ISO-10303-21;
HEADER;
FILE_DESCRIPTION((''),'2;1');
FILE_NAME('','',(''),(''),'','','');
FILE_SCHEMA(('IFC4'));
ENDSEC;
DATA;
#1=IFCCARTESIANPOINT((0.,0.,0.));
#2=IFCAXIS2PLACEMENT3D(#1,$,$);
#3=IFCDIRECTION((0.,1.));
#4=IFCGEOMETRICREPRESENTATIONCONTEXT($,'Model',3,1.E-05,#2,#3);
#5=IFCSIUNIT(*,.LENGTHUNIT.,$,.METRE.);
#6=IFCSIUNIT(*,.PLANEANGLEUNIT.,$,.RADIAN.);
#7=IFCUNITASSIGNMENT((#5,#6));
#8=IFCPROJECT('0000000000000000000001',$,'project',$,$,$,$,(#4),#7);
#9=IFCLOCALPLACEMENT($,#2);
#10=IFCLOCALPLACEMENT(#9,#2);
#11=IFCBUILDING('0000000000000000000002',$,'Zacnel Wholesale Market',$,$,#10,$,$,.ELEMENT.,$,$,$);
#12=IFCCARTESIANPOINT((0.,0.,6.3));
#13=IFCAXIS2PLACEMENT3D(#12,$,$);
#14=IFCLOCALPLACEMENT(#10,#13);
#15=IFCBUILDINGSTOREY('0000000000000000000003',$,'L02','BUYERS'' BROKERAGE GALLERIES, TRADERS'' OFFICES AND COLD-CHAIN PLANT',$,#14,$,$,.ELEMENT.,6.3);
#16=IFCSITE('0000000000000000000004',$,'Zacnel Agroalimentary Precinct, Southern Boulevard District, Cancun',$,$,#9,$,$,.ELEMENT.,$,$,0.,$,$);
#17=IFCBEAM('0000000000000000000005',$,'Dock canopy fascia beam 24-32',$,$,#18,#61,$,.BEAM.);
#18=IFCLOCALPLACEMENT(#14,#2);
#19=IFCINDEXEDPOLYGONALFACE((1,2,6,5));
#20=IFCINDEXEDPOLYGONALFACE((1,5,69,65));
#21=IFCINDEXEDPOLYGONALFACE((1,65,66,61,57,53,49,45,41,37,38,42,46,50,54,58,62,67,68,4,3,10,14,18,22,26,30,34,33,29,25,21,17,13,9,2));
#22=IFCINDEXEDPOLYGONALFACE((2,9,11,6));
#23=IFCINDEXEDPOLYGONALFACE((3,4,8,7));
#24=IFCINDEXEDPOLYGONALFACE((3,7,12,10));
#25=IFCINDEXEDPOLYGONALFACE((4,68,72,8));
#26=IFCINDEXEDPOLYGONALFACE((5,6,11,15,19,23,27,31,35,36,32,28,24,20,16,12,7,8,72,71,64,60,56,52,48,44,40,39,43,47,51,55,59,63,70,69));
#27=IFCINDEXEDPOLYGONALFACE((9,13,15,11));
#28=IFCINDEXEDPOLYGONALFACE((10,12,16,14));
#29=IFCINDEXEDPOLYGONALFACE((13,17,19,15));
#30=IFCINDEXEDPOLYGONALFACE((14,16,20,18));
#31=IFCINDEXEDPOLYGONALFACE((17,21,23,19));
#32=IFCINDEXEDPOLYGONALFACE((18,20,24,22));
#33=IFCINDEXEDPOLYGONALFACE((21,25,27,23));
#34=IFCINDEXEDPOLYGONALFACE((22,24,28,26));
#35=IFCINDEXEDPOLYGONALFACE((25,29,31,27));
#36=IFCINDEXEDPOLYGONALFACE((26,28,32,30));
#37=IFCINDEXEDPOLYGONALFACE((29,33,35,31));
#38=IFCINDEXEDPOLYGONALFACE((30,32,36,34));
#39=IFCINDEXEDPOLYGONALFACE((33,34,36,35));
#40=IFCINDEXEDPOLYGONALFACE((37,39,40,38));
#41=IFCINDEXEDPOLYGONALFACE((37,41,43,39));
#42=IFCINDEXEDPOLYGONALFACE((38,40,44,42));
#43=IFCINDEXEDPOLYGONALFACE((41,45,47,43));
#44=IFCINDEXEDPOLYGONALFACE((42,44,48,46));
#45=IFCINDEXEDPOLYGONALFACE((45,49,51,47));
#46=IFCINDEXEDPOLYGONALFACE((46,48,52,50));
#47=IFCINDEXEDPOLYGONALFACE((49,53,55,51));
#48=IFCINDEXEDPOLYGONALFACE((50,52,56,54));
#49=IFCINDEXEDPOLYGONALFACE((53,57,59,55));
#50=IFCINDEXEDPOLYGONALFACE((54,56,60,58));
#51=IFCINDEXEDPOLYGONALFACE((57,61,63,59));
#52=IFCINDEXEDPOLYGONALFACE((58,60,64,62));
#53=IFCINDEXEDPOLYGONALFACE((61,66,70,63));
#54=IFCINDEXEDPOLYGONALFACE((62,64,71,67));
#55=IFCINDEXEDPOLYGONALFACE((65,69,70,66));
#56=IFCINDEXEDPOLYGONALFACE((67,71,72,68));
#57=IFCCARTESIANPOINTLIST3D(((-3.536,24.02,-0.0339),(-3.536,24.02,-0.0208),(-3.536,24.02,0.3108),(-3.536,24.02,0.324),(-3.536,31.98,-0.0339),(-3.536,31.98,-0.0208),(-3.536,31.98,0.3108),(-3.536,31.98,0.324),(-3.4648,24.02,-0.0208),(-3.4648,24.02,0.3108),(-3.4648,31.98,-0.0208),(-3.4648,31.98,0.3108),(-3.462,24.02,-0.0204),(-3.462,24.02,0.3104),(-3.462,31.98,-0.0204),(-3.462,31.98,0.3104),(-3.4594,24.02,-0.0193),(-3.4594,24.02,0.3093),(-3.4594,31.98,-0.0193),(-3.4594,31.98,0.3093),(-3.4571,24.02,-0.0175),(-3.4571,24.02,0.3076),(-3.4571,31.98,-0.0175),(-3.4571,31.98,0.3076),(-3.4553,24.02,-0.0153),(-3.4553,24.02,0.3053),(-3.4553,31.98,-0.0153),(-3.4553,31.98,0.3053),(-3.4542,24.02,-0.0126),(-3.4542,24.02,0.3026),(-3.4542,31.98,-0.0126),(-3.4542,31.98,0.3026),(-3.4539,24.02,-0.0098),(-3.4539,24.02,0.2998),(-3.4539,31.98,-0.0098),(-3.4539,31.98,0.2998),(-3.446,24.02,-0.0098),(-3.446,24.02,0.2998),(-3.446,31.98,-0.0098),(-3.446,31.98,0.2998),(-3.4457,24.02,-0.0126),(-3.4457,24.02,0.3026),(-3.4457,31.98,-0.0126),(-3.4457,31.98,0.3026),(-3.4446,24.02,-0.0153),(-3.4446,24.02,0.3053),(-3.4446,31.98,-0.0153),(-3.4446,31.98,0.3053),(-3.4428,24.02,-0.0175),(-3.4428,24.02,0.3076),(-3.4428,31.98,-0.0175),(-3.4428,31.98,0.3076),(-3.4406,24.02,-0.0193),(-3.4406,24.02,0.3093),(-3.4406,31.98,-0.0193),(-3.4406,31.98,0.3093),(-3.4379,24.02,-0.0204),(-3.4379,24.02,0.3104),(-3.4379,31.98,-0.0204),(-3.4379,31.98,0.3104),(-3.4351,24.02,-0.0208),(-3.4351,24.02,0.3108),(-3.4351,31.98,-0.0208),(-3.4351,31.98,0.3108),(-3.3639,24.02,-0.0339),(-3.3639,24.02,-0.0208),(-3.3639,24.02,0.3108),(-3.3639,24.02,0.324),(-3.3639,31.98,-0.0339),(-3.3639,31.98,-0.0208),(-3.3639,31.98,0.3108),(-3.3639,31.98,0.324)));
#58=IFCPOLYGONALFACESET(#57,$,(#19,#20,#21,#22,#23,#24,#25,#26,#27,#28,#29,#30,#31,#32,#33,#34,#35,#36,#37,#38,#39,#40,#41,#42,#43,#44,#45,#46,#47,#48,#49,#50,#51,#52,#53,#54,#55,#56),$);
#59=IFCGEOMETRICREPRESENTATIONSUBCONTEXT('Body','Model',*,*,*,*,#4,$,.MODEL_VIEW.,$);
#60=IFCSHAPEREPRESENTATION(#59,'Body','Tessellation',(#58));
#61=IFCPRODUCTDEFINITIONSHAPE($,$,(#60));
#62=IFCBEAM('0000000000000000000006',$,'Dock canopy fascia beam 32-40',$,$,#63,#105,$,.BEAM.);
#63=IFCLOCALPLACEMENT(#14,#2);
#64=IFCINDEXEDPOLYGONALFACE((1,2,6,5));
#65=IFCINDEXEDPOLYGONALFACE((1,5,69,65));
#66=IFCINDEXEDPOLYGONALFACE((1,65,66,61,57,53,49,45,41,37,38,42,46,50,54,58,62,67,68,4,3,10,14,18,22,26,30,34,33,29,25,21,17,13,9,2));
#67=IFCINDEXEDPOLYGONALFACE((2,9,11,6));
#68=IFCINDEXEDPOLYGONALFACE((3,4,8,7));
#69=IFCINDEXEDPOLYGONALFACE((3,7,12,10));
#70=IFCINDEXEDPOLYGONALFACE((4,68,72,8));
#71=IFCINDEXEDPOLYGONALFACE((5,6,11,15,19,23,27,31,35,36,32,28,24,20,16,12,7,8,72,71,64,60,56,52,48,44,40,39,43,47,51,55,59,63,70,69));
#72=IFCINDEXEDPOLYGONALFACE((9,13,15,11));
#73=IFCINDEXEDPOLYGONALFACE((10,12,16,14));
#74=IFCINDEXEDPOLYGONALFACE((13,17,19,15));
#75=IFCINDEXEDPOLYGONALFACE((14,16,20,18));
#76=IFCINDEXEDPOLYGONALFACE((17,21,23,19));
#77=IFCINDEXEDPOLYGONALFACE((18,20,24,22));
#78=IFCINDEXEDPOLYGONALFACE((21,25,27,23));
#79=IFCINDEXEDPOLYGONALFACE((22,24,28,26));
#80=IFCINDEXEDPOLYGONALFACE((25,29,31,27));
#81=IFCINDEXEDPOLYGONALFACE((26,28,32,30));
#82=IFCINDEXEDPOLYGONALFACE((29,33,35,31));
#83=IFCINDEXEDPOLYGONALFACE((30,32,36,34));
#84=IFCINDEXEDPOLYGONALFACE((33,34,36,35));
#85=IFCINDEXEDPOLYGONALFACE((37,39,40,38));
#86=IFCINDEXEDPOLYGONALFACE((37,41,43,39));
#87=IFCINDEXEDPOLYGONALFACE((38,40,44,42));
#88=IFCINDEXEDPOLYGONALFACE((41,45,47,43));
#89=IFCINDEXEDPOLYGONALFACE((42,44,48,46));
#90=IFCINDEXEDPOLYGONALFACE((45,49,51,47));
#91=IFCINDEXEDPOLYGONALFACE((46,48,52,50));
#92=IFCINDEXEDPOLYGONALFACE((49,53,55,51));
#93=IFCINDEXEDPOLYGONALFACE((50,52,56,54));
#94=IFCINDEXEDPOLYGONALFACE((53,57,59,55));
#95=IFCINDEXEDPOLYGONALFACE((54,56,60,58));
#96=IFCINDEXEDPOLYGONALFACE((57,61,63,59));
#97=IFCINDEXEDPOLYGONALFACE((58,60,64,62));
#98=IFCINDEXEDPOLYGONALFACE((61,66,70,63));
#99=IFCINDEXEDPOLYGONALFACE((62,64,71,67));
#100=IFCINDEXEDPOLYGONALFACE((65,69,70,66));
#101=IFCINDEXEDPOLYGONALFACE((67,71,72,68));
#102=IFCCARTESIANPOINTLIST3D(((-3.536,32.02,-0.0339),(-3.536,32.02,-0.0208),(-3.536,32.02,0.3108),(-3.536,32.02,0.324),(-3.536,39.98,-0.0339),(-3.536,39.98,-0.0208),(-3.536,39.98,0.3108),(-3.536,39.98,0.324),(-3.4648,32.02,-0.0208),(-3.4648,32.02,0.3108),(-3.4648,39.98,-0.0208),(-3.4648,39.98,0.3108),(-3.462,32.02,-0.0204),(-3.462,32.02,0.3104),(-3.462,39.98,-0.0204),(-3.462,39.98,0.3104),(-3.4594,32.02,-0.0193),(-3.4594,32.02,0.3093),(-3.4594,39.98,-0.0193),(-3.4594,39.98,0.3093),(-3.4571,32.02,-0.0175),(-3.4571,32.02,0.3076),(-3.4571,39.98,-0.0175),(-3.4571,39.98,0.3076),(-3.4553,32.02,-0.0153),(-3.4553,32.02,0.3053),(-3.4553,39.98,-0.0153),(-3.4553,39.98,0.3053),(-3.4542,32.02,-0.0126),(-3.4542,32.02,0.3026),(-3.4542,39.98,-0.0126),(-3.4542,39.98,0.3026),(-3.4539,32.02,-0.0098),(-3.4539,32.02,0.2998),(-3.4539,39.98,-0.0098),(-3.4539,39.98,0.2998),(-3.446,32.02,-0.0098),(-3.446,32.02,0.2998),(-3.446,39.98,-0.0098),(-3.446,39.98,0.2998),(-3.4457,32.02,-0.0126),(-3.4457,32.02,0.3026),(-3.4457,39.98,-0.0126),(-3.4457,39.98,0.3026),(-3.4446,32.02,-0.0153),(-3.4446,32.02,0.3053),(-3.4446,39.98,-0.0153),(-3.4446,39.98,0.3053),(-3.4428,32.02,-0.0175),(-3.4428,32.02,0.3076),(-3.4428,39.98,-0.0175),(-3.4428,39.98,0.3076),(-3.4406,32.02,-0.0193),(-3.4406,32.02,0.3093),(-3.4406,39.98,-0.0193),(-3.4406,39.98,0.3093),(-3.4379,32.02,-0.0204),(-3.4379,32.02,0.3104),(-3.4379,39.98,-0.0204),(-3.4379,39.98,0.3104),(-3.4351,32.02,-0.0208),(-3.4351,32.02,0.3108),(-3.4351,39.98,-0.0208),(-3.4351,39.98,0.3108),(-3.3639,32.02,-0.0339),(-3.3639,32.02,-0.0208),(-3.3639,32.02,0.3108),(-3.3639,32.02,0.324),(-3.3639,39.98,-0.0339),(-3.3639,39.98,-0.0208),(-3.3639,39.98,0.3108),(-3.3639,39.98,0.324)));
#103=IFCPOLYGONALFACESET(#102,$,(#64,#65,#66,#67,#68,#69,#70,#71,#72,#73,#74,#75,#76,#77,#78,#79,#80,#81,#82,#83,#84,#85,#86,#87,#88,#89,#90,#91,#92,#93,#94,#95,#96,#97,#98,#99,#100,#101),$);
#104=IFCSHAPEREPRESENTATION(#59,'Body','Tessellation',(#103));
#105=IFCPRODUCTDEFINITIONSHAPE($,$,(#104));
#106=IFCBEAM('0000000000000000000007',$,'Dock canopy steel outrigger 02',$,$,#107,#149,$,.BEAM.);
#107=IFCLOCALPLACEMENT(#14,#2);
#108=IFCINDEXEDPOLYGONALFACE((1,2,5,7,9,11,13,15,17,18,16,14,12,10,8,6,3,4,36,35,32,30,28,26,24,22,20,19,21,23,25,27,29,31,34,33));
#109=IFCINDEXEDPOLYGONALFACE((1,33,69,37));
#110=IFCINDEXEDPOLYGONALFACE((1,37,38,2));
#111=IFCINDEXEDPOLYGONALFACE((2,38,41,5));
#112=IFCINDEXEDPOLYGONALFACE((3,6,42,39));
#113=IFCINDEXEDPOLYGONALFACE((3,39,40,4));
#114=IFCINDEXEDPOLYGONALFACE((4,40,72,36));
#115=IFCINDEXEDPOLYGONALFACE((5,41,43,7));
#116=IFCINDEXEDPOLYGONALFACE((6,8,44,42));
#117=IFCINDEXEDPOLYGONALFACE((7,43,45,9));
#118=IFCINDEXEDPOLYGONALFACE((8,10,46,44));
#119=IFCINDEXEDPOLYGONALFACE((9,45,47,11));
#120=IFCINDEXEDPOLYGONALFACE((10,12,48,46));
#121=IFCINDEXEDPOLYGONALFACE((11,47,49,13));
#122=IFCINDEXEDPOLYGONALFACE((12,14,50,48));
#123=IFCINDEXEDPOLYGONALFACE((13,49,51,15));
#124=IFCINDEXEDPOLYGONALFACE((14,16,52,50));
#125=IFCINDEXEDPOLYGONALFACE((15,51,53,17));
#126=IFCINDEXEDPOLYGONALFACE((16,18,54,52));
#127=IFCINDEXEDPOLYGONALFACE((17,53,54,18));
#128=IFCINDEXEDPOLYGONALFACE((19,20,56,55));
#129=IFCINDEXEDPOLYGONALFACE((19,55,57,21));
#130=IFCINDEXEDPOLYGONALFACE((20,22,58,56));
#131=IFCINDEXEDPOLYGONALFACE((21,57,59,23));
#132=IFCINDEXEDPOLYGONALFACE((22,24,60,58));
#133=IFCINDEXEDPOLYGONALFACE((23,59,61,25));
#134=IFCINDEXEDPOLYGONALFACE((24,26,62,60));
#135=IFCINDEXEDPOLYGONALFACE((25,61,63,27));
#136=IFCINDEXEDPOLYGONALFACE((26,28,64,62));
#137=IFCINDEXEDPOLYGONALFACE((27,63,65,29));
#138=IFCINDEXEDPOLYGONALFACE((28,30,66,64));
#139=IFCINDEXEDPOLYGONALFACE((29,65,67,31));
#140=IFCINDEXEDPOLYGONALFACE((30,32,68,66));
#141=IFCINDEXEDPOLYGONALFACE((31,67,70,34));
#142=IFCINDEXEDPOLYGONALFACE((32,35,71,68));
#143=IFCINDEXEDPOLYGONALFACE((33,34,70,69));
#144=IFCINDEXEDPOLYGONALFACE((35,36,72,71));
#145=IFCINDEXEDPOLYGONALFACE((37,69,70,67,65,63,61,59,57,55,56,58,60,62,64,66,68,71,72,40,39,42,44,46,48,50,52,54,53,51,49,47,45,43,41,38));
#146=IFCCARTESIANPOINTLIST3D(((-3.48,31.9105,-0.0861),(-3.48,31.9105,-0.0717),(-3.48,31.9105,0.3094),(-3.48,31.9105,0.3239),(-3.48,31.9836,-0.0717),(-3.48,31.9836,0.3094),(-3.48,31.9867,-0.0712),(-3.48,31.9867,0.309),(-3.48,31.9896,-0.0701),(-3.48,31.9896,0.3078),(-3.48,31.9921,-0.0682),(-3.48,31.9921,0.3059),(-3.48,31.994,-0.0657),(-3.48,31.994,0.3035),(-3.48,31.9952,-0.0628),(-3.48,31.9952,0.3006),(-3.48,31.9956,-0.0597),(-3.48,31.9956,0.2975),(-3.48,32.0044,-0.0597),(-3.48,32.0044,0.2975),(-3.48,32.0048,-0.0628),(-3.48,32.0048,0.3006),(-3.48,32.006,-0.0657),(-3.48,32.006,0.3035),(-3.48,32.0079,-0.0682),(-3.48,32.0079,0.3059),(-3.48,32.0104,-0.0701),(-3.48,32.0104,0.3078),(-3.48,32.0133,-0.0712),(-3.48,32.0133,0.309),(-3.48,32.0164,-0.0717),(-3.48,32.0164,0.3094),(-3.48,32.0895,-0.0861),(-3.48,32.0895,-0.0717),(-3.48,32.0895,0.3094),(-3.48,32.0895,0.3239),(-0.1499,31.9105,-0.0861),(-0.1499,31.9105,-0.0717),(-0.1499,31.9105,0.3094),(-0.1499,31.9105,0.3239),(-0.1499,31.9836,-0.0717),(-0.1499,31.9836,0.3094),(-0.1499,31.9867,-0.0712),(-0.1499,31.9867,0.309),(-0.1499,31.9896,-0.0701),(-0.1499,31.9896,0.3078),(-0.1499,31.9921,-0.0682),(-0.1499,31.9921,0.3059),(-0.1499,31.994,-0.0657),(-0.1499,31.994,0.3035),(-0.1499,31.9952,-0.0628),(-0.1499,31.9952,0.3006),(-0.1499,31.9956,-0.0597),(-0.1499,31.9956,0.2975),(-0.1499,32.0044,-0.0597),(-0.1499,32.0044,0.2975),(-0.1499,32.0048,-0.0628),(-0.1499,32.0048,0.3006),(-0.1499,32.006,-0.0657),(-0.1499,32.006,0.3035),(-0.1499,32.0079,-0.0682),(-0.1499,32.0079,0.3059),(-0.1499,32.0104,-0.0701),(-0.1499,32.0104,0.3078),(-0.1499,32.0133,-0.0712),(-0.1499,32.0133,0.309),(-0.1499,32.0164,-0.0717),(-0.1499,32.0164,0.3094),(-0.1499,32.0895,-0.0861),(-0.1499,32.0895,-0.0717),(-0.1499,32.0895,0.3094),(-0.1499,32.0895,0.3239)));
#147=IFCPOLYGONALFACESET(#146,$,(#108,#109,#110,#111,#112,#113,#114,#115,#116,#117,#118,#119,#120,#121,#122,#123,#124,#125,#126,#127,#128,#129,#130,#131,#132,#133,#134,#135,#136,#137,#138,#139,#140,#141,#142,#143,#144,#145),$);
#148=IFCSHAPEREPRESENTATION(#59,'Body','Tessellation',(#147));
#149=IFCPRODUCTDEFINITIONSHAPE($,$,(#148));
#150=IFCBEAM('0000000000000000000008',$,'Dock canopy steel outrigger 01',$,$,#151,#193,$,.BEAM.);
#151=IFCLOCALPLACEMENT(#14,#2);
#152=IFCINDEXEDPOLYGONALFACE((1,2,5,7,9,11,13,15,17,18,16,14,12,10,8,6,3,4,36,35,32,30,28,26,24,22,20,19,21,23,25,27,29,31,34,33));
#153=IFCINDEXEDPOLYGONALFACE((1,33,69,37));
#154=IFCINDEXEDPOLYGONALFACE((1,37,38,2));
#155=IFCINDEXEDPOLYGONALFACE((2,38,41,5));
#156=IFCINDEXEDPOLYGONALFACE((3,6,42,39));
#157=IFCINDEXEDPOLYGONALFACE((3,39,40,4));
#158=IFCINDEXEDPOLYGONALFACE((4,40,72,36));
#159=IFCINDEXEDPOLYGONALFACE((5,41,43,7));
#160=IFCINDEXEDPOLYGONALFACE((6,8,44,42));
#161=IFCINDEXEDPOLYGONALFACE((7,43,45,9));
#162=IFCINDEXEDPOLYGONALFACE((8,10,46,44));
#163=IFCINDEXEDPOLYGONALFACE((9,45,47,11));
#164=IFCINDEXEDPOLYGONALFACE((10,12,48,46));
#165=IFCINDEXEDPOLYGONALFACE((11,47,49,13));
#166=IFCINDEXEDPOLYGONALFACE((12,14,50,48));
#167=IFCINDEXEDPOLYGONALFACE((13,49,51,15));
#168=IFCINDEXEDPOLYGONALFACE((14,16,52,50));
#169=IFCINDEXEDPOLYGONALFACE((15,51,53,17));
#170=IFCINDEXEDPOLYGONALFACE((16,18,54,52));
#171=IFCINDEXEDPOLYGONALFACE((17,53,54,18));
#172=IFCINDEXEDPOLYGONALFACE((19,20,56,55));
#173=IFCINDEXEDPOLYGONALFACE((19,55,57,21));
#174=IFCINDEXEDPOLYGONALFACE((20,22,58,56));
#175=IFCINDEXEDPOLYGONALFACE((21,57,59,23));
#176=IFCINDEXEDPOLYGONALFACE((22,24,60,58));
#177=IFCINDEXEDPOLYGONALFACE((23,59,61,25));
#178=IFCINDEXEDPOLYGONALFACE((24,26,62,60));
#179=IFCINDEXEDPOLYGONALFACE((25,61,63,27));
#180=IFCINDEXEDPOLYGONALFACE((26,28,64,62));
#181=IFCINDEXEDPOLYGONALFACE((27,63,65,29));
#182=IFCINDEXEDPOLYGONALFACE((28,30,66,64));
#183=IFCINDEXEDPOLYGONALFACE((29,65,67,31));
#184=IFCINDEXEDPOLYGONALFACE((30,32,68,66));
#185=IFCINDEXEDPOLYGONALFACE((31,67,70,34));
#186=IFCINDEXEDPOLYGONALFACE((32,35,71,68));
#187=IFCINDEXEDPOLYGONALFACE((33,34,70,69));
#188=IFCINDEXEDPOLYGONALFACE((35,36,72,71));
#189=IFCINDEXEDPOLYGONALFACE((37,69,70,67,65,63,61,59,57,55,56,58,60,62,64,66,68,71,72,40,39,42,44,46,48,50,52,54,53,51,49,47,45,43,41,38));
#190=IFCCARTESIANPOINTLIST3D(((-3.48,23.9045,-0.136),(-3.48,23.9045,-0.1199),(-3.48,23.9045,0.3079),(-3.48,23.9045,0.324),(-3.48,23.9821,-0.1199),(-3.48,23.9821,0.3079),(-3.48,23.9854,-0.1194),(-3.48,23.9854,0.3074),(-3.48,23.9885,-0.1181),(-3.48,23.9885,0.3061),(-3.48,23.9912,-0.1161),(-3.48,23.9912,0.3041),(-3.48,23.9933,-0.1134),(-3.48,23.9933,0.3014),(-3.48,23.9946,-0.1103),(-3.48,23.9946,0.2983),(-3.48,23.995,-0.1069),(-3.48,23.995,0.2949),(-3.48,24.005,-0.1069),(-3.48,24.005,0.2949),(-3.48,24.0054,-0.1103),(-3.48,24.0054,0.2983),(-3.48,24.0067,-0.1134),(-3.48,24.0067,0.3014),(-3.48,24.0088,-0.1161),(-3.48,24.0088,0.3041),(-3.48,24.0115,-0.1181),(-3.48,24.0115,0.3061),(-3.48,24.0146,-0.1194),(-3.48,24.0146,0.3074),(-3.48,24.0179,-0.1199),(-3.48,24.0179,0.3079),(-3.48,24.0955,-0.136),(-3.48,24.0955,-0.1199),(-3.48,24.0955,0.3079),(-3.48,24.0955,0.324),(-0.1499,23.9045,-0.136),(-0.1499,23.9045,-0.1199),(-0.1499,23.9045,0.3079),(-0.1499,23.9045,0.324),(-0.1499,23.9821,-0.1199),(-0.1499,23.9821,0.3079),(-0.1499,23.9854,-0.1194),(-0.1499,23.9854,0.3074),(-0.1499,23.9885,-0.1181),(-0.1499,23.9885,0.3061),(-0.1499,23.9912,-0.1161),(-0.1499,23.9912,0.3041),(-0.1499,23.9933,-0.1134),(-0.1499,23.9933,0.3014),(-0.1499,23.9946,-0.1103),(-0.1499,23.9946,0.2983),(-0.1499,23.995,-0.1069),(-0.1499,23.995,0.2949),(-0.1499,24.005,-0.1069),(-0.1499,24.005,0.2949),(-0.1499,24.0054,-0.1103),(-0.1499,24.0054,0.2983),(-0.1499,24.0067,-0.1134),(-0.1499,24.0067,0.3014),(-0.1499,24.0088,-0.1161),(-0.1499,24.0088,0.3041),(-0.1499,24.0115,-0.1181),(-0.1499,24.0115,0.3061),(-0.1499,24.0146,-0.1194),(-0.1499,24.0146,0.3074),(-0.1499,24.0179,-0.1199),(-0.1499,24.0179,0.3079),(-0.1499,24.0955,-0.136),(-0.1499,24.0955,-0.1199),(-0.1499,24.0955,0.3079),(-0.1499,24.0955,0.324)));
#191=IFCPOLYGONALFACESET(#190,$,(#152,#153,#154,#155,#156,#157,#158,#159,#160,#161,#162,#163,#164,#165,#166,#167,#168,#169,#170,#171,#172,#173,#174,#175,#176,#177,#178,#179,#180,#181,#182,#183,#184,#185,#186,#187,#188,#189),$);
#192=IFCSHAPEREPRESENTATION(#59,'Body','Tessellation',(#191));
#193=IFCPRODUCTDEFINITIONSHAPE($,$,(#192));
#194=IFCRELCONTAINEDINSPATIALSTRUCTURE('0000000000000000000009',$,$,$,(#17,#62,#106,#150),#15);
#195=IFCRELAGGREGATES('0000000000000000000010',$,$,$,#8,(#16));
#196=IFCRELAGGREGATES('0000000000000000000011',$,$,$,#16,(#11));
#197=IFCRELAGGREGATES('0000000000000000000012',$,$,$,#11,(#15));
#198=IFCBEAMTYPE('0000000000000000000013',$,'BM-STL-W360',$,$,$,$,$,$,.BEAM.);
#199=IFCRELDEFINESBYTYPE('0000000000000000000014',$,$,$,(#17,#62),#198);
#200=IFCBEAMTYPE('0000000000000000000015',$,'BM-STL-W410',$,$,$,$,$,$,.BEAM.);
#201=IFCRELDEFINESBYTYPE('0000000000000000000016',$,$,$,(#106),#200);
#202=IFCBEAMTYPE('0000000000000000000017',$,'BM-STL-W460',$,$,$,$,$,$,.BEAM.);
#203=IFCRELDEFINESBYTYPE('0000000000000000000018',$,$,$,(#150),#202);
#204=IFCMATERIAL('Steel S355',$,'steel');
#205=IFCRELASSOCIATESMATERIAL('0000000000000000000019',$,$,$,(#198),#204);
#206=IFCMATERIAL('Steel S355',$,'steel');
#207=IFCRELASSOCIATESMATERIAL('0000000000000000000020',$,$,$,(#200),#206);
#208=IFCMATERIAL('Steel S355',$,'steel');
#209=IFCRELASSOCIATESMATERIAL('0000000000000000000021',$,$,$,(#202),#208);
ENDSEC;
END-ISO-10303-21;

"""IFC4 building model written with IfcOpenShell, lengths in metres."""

from ifc_helpers import new_model, si_unit, direction, frame, origin, origin_2d, place, context, subcontext, project, spatial, i_section, extrude, material, material_profile, profile_set, type_object, element, save


model = new_model("IFC4")

# Units and contexts
model_context = context("Model", 3, precision=1e-05, world=origin(), true_north=direction((0.0, 1.0)))
body_context = subcontext(model_context, "Body", "Model", "MODEL_VIEW")
ifc_project = project(units=[si_unit("LENGTHUNIT", "METRE"), si_unit("PLANEANGLEUNIT", "RADIAN")], contexts=[model_context])

# Site, building, storey
site_placement = place(None, origin())
site = spatial("IfcSite", under=ifc_project, at=site_placement, Name="Zacnel Agroalimentary Precinct, Southern Boulevard District, Cancun", CompositionType="ELEMENT", RefElevation=0.0)
building_placement = place(site_placement, origin())
building = spatial("IfcBuilding", under=site, at=building_placement, Name="Zacnel Wholesale Market", CompositionType="ELEMENT")
storey_placement = place(building_placement, frame((0.0, 0.0, 6.3)))
storey = spatial("IfcBuildingStorey", under=building, at=storey_placement, Name="L02", Description="BUYERS' BROKERAGE GALLERIES, TRADERS' OFFICES AND COLD-CHAIN PLANT", CompositionType="ELEMENT", Elevation=6.3)

# Beams
ifc_material_1 = material(Name="Steel S355", Category="steel")
ifc_material_profile_1 = material_profile(ifc_material_1, i_section(OverallWidth=0.1721, OverallDepth=0.3579, WebThickness=0.0078, FlangeThickness=0.0132, FilletRadius=0.011, at=origin_2d()), Name="W360X57.8")
ifc_profile_set_1 = profile_set([ifc_material_profile_1], Name="Steel S355")
beam_type_1 = type_object("IfcBeamType", Name="BM-STL-W360", PredefinedType="BEAM", material=ifc_profile_set_1)
for number, where, z_axis, x_axis, name in (
    (1, (-3.45, 24.02, 0.145), (0.0, 1.0, 0.0), (-1.0, 0.0, 0.0), "Dock canopy fascia beam 24-32"),
    (2, (-3.45, 32.02, 0.145), (0.0, 1.0, 0.0), (-1.0, 0.0, 0.0), "Dock canopy fascia beam 32-40"),
):
    element("IfcBeam", number, at=place(storey_placement, frame(where, z_axis=z_axis, x_axis=x_axis)), inside=storey, type_object=beam_type_1, Name=name, PredefinedType="BEAM", context=body_context, shape_type="SweptSolid", body=[
        extrude(i_section(OverallWidth=0.1721, OverallDepth=0.3579, WebThickness=0.0078, FlangeThickness=0.0132, FilletRadius=0.011, at=origin_2d()), origin(), (0.0, 0.0, 1.0), 7.96),
    ])
ifc_material_2 = material(Name="Steel S355", Category="steel")
ifc_material_profile_2 = material_profile(ifc_material_2, i_section(OverallWidth=0.179, OverallDepth=0.4099, WebThickness=0.0088, FlangeThickness=0.0144, FilletRadius=0.012, at=origin_2d()), Name="W410X67")
ifc_profile_set_2 = profile_set([ifc_material_profile_2], Name="Steel S355")
beam_type_2 = type_object("IfcBeamType", Name="BM-STL-W410", PredefinedType="BEAM", material=ifc_profile_set_2)
beam_1_placement = place(storey_placement, frame((-0.1499, 32.0, 0.1189), z_axis=(-1.0, 0.0, 0.0), x_axis=(0.0, -1.0, 0.0)))
element("IfcBeam", 3, at=beam_1_placement, inside=storey, type_object=beam_type_2, Name="Dock canopy steel outrigger 02", PredefinedType="BEAM", context=body_context, shape_type="SweptSolid", body=[
    extrude(i_section(OverallWidth=0.179, OverallDepth=0.4099, WebThickness=0.0088, FlangeThickness=0.0144, FilletRadius=0.012, at=origin_2d()), origin(), (0.0, 0.0, 1.0), 3.3301),
])
ifc_material_3 = material(Name="Steel S355", Category="steel")
ifc_material_profile_3 = material_profile(ifc_material_3, i_section(OverallWidth=0.1909, OverallDepth=0.46, WebThickness=0.01, FlangeThickness=0.0161, FilletRadius=0.0129, at=origin_2d()), Name="W460X82")
ifc_profile_set_3 = profile_set([ifc_material_profile_3], Name="Steel S355")
beam_type_3 = type_object("IfcBeamType", Name="BM-STL-W460", PredefinedType="BEAM", material=ifc_profile_set_3)
beam_2_placement = place(storey_placement, frame((-0.1499, 24.0, 0.094), z_axis=(-1.0, 0.0, 0.0), x_axis=(0.0, -1.0, 0.0)))
element("IfcBeam", 4, at=beam_2_placement, inside=storey, type_object=beam_type_3, Name="Dock canopy steel outrigger 01", PredefinedType="BEAM", context=body_context, shape_type="SweptSolid", body=[
    extrude(i_section(OverallWidth=0.1909, OverallDepth=0.46, WebThickness=0.01, FlangeThickness=0.0161, FilletRadius=0.0129, at=origin_2d()), origin(), (0.0, 0.0, 1.0), 3.3301),
])

save(model, "model.ifc")
